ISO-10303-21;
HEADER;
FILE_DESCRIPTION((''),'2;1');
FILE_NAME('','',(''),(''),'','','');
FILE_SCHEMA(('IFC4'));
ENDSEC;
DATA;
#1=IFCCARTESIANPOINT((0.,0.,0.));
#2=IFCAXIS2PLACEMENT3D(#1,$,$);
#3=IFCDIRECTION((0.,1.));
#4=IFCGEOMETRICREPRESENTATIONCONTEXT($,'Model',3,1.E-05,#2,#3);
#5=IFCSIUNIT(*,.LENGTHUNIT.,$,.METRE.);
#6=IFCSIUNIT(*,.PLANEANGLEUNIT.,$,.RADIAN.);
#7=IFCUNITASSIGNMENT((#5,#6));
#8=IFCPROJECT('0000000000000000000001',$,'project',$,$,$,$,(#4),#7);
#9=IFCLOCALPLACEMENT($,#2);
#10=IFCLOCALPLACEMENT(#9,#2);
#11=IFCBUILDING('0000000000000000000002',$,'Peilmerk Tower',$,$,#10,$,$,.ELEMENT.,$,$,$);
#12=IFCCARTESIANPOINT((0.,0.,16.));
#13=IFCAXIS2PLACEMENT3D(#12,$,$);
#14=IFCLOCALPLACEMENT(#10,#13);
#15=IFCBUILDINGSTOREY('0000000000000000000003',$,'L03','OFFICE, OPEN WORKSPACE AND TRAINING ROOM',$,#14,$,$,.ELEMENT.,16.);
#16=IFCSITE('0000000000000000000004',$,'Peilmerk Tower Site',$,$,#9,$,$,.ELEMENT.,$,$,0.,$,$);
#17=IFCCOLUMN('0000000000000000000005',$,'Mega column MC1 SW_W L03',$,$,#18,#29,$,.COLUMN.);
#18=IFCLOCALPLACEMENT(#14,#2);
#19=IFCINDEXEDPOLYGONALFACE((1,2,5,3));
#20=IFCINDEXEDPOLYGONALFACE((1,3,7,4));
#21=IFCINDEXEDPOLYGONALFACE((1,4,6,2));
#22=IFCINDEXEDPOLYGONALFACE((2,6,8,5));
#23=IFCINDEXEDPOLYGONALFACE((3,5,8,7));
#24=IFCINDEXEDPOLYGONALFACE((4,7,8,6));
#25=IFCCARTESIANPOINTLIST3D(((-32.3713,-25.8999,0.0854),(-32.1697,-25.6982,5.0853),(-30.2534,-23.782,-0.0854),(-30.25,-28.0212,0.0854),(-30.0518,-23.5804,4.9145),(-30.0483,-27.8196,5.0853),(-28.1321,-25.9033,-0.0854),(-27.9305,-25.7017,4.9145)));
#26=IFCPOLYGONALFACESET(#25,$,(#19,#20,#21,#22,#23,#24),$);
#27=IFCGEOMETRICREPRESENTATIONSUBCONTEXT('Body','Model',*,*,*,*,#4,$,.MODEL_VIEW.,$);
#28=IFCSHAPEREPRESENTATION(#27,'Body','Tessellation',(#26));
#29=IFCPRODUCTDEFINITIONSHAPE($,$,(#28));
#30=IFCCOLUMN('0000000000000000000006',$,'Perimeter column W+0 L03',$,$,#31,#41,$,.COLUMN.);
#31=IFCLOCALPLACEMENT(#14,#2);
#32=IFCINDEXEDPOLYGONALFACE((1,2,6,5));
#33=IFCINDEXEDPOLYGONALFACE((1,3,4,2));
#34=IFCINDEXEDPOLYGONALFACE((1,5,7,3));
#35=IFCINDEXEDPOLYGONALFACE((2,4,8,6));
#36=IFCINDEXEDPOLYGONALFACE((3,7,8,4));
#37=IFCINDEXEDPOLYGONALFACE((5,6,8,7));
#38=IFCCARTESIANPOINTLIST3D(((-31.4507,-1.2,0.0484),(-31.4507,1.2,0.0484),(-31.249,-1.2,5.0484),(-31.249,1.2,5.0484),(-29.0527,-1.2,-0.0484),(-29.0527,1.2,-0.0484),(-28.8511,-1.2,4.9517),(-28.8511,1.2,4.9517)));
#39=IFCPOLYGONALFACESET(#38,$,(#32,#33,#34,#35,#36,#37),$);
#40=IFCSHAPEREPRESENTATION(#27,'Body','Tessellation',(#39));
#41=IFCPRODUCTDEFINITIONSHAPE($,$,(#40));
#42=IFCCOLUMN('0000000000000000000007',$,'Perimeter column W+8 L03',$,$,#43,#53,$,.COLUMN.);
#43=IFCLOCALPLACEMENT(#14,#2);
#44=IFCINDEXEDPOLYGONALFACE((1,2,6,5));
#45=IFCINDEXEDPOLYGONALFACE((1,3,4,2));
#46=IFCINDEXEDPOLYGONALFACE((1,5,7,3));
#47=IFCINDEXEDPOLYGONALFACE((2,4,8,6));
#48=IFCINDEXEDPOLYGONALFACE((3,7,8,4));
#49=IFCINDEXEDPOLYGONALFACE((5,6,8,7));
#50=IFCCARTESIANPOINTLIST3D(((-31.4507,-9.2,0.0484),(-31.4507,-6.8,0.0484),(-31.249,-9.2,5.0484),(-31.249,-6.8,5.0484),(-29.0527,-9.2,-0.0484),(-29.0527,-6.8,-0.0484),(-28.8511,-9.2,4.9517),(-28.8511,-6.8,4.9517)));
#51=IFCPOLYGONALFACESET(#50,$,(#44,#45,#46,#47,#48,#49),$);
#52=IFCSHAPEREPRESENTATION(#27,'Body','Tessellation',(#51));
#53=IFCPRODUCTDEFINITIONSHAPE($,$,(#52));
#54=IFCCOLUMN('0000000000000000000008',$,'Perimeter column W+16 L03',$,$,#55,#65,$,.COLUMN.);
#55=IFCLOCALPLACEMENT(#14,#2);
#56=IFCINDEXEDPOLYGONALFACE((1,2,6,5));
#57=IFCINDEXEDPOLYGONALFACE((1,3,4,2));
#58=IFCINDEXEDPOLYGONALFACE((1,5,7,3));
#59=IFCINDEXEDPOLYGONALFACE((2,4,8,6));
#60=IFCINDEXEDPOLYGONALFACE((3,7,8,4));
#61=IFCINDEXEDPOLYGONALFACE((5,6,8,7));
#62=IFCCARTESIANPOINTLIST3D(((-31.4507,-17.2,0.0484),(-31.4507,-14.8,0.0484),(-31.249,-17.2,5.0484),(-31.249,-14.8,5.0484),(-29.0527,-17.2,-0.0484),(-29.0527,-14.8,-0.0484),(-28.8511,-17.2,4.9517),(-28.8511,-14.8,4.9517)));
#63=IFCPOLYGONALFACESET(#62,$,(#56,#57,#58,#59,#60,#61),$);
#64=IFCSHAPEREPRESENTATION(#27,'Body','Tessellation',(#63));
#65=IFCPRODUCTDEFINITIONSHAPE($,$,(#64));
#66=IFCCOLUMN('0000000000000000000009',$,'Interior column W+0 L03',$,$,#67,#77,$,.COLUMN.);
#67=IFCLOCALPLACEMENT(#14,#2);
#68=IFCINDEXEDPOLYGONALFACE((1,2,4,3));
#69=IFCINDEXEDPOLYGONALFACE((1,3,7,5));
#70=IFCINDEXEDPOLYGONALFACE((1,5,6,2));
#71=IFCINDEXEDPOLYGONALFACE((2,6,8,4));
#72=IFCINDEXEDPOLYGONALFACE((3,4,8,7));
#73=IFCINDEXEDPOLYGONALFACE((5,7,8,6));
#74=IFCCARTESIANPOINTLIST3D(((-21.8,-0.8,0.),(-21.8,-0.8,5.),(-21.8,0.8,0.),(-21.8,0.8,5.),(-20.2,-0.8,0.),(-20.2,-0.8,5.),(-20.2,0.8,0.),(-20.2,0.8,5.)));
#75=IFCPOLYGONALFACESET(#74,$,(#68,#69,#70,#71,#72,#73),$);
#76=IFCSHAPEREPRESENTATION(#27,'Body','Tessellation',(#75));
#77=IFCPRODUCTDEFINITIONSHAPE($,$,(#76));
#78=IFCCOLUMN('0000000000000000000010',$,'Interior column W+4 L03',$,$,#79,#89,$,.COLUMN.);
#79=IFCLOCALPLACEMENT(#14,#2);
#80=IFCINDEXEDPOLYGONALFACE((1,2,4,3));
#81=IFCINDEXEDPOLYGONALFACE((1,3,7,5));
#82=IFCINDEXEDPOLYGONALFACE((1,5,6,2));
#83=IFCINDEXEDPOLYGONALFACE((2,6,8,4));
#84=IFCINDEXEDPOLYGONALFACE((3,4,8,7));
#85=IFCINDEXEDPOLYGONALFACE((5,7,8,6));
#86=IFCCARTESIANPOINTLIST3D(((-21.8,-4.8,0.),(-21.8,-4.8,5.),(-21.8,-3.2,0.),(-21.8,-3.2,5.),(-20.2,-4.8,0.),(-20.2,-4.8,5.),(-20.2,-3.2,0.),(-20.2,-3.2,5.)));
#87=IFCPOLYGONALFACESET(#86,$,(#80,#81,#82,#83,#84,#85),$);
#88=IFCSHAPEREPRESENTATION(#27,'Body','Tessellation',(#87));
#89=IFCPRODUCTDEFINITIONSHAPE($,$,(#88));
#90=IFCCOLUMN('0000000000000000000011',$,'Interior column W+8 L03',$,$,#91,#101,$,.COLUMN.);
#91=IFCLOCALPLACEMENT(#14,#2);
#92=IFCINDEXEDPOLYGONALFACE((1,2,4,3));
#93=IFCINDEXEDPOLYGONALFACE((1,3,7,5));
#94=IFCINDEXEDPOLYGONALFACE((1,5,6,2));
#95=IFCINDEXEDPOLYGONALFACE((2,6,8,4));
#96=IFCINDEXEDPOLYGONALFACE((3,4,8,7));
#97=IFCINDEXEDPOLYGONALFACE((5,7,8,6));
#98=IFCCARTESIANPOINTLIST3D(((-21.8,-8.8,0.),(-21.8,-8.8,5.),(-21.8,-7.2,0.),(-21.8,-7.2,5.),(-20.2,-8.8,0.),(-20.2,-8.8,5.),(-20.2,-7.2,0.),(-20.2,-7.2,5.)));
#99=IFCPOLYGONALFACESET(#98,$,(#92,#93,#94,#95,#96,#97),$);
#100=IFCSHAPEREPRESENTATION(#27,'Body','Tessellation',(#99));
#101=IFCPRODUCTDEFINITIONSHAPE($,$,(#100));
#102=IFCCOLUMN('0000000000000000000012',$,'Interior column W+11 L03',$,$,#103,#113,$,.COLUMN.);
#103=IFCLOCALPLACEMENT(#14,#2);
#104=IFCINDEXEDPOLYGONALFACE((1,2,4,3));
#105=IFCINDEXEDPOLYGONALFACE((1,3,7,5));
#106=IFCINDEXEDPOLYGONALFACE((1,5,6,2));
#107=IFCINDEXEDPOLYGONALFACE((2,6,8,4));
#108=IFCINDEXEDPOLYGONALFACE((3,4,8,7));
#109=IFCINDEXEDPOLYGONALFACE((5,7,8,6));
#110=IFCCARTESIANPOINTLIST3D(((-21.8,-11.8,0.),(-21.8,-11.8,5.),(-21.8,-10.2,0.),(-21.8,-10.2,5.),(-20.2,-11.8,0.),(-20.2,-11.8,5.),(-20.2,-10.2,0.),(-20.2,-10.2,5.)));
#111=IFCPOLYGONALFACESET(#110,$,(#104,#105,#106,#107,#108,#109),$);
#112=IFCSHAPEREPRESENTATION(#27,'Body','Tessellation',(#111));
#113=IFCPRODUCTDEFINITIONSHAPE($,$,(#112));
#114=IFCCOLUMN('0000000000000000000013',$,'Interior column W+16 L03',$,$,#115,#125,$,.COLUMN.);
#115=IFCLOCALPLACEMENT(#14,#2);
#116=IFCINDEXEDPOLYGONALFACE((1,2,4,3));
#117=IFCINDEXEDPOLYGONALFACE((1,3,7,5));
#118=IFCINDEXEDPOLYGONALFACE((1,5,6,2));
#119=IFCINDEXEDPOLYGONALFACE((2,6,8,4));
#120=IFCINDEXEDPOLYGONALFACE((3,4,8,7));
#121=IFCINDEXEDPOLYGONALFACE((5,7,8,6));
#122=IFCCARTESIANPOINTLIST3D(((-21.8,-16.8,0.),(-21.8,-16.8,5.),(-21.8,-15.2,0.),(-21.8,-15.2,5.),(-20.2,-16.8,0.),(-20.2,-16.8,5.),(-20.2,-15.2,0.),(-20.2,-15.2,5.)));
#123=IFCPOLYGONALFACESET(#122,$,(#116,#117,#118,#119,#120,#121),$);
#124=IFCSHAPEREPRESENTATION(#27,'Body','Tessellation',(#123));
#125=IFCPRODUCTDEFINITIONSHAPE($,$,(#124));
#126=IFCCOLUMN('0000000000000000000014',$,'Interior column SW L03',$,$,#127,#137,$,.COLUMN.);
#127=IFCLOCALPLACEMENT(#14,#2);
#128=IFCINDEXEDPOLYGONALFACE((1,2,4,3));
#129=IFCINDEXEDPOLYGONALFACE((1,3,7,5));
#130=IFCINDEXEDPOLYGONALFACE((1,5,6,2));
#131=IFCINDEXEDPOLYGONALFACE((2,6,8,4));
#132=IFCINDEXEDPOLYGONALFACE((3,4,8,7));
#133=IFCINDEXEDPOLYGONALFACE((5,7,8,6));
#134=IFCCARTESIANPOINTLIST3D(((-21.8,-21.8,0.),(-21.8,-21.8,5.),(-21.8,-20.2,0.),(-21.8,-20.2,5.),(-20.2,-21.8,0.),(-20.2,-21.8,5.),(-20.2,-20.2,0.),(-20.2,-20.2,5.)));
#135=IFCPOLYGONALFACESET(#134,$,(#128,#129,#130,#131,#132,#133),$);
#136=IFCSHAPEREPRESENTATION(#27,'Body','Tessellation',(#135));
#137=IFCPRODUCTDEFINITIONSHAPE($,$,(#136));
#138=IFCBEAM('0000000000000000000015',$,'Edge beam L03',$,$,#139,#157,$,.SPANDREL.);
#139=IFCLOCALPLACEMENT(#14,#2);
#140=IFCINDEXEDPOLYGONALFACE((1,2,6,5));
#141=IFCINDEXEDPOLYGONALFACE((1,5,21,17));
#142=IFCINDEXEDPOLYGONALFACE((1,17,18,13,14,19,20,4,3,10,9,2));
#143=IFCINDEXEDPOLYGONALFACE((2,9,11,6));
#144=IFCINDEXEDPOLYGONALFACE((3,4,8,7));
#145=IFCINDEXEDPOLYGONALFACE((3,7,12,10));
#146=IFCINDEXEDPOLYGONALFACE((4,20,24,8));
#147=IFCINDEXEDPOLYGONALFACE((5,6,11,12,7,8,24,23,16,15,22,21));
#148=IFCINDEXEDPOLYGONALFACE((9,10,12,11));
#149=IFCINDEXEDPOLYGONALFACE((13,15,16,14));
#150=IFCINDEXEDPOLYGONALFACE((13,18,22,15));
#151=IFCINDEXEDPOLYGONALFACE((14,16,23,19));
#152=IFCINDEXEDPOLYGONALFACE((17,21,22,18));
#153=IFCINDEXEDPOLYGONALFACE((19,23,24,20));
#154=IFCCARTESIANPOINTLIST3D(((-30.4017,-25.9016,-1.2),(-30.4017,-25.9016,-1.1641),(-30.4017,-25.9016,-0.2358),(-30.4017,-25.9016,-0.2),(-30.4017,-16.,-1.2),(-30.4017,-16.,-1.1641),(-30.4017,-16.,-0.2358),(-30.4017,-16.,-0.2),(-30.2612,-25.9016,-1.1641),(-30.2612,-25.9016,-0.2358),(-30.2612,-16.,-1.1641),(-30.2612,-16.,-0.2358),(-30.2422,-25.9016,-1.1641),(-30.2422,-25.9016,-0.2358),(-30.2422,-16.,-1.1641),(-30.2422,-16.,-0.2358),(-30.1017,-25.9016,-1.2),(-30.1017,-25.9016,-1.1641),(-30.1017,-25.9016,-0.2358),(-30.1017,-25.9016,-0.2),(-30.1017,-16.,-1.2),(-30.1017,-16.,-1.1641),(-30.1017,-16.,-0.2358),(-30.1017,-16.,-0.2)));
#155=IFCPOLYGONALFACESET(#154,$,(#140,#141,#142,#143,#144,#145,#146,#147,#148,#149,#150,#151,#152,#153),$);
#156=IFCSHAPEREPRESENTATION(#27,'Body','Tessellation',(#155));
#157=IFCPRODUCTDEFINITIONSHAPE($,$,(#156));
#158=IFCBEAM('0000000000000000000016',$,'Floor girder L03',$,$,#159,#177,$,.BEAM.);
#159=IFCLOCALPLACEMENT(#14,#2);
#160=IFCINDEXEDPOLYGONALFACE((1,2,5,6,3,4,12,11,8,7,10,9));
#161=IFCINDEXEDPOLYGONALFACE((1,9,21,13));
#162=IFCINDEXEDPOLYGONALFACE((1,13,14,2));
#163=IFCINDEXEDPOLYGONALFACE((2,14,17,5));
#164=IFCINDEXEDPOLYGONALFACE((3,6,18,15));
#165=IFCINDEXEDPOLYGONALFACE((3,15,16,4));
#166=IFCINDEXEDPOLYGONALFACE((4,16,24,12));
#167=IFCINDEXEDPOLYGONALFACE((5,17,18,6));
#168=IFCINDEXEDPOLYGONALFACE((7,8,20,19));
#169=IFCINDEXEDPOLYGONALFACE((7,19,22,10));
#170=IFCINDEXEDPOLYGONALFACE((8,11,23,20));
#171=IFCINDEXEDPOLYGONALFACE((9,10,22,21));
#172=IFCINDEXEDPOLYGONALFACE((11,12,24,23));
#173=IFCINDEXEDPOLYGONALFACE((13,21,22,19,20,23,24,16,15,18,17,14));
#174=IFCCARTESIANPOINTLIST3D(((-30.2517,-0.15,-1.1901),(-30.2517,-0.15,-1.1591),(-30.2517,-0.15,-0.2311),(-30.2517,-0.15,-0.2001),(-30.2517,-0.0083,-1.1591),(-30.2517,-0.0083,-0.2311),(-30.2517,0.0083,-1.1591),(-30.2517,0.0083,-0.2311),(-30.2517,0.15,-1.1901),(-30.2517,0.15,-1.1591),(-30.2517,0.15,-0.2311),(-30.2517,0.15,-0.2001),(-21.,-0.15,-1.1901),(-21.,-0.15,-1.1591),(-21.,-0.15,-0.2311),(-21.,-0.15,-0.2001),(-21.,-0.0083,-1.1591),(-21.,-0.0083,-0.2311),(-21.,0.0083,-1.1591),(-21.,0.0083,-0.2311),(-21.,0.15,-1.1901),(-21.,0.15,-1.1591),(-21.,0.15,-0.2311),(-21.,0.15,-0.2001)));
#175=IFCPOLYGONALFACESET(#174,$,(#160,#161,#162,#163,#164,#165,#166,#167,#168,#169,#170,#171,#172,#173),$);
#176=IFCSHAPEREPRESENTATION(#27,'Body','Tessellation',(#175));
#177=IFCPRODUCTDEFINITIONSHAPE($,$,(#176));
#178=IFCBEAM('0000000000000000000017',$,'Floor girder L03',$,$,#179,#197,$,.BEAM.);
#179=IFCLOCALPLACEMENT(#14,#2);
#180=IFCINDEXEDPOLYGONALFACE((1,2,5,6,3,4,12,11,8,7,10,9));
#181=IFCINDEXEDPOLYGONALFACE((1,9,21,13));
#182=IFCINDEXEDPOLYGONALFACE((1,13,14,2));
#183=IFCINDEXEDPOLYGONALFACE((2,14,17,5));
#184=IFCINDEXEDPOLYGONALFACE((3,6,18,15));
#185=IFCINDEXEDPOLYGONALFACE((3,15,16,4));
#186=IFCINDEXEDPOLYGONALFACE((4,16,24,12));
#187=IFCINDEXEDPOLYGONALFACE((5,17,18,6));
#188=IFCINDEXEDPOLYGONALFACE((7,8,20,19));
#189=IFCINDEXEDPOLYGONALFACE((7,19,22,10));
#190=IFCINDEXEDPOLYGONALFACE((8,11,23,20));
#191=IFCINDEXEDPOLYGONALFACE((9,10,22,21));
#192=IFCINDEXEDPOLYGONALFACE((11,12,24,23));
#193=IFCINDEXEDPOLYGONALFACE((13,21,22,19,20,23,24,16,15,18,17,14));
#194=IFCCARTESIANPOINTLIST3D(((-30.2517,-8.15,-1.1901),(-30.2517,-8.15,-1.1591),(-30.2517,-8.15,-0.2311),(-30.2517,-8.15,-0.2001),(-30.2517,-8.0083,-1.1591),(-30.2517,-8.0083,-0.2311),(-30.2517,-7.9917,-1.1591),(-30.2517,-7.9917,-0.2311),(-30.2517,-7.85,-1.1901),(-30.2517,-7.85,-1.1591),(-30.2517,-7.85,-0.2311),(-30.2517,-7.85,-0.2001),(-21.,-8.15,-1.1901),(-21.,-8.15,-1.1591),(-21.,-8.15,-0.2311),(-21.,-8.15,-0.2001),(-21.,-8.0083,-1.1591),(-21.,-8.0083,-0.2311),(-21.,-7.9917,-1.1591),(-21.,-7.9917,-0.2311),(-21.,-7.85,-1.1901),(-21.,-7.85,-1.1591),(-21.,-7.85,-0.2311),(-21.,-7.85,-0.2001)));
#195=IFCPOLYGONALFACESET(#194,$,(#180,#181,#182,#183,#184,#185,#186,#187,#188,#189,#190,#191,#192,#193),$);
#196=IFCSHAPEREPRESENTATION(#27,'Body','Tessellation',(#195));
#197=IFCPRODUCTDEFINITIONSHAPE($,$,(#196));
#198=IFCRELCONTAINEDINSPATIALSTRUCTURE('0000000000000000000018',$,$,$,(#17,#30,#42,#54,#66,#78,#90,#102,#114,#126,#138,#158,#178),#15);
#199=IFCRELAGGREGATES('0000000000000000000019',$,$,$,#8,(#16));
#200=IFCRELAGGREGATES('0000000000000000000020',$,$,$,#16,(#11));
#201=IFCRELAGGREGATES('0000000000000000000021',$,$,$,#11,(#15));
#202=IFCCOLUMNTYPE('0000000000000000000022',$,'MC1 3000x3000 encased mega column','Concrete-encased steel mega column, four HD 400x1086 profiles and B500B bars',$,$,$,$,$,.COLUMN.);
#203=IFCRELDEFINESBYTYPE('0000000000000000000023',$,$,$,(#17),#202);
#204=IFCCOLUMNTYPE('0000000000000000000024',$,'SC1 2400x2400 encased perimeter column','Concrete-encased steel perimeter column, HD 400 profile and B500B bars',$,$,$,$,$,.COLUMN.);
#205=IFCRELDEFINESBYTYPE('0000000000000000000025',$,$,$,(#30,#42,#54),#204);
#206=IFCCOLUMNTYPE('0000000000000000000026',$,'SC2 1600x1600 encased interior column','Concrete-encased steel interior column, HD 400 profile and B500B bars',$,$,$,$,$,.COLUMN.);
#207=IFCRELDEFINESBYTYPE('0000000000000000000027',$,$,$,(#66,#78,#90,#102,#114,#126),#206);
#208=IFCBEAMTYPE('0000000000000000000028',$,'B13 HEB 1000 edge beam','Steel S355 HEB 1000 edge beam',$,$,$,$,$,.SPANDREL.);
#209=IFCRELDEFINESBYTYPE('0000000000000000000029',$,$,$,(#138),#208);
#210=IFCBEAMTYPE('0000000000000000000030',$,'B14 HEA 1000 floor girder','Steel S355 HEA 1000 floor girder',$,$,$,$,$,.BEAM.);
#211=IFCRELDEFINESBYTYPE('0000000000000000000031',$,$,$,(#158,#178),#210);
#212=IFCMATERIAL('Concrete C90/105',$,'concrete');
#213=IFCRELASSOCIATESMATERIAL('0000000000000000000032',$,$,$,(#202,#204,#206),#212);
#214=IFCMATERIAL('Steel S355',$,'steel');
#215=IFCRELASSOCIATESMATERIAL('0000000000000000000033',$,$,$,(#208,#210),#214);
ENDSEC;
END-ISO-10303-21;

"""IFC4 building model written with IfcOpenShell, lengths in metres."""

from ifc_helpers import new_model, si_unit, direction, frame, origin, origin_2d, place, context, subcontext, project, spatial, rectangle, i_section, extrude, material, material_profile, profile_set, type_object, element, save


model = new_model("IFC4")

# Units and contexts
model_context = context("Model", 3, precision=1e-05, world=origin(), true_north=direction((0.0, 1.0)))
body_context = subcontext(model_context, "Body", "Model", "MODEL_VIEW")
ifc_project = project(units=[si_unit("LENGTHUNIT", "METRE"), si_unit("PLANEANGLEUNIT", "RADIAN")], contexts=[model_context])

# Site, building, storey
site_placement = place(None, origin())
site = spatial("IfcSite", under=ifc_project, at=site_placement, Name="Peilmerk Tower Site", CompositionType="ELEMENT", RefElevation=0.0)
building_placement = place(site_placement, origin())
building = spatial("IfcBuilding", under=site, at=building_placement, Name="Peilmerk Tower", CompositionType="ELEMENT")
storey_placement = place(building_placement, frame((0.0, 0.0, 16.0)))
storey = spatial("IfcBuildingStorey", under=building, at=storey_placement, Name="L03", Description="OFFICE, OPEN WORKSPACE AND TRAINING ROOM", CompositionType="ELEMENT", Elevation=16.0)

# Columns
ifc_material_1 = material(Name="Concrete C90/105", Category="concrete")
ifc_material_profile_1 = material_profile(ifc_material_1, rectangle(XDim=3.0, YDim=3.0, at=origin_2d()), Name="RC 3000x3000")
ifc_profile_set_1 = profile_set([ifc_material_profile_1], Name="Concrete C90/105")
column_type_1 = type_object("IfcColumnType", Name="MC1 3000x3000 encased mega column", Description="Concrete-encased steel mega column, four HD 400x1086 profiles and B500B bars", PredefinedType="COLUMN", material=ifc_profile_set_1)
column_placement = place(storey_placement, frame((-30.2517, -25.9016, 0.0), z_axis=(0.040267, 0.040267, 0.998377), x_axis=(-0.707107, 0.707107, 0.0)))
element("IfcColumn", 1, at=column_placement, inside=storey, type_object=column_type_1, Name="Mega column MC1 SW_W L03", PredefinedType="COLUMN", context=body_context, shape_type="SweptSolid", body=[
    extrude(rectangle(XDim=3.0, YDim=3.0, at=origin_2d()), origin(), (0.0, 0.0, 1.0), 5.0081),
])
ifc_material_profile_2 = material_profile(ifc_material_1, rectangle(XDim=2.3999, YDim=2.3999, at=origin_2d()), Name="RC 2400x2400")
ifc_profile_set_2 = profile_set([ifc_material_profile_2], Name="Concrete C90/105")
column_type_2 = type_object("IfcColumnType", Name="SC1 2400x2400 encased perimeter column", Description="Concrete-encased steel perimeter column, HD 400 profile and B500B bars", PredefinedType="COLUMN", material=ifc_profile_set_2)
for number, where, z_axis, x_axis, name in (
    (2, (-30.2517, 0.0, 0.0), (0.040299, 0.0, 0.999188), (0.0, 1.0, 0.0), "Perimeter column W+0 L03"),
    (3, (-30.2517, -8.0, 0.0), (0.040299, 0.0, 0.999188), (0.0, 1.0, 0.0), "Perimeter column W+8 L03"),
    (4, (-30.2517, -16.0, 0.0), (0.040299, 0.0, 0.999188), (0.0, 1.0, 0.0), "Perimeter column W+16 L03"),
):
    element("IfcColumn", number, at=place(storey_placement, frame(where, z_axis=z_axis, x_axis=x_axis)), inside=storey, type_object=column_type_2, Name=name, PredefinedType="COLUMN", context=body_context, shape_type="SweptSolid", body=[
        extrude(rectangle(XDim=2.3999, YDim=2.3999, at=origin_2d()), origin(), (0.0, 0.0, 1.0), 5.0042),
    ])
ifc_material_profile_3 = material_profile(ifc_material_1, rectangle(XDim=1.6001, YDim=1.6001, at=origin_2d()), Name="RC 1600x1600")
ifc_profile_set_3 = profile_set([ifc_material_profile_3], Name="Concrete C90/105")
column_type_3 = type_object("IfcColumnType", Name="SC2 1600x1600 encased interior column", Description="Concrete-encased steel interior column, HD 400 profile and B500B bars", PredefinedType="COLUMN", material=ifc_profile_set_3)
for number, where, z_axis, x_axis, name in (
    (5, (-21.0, 0.0, 0.0), (0.0, 0.0, 1.0), (1.0, 0.0, 0.0), "Interior column W+0 L03"),
    (6, (-21.0, -4.0, 0.0), (0.0, 0.0, 1.0), (1.0, 0.0, 0.0), "Interior column W+4 L03"),
    (7, (-21.0, -8.0, 0.0), (0.0, 0.0, 1.0), (1.0, 0.0, 0.0), "Interior column W+8 L03"),
    (8, (-21.0, -11.0, 0.0), (0.0, 0.0, 1.0), (1.0, 0.0, 0.0), "Interior column W+11 L03"),
    (9, (-21.0, -16.0, 0.0), (0.0, 0.0, 1.0), (1.0, 0.0, 0.0), "Interior column W+16 L03"),
    (10, (-21.0, -21.0, 0.0), (0.0, 0.0, 1.0), (1.0, 0.0, 0.0), "Interior column SW L03"),
):
    element("IfcColumn", number, at=place(storey_placement, frame(where, z_axis=z_axis, x_axis=x_axis)), inside=storey, type_object=column_type_3, Name=name, PredefinedType="COLUMN", context=body_context, shape_type="SweptSolid", body=[
        extrude(rectangle(XDim=1.6001, YDim=1.6001, at=origin_2d()), origin(), (0.0, 0.0, 1.0), 5.0),
    ])

# Beams
ifc_material_2 = material(Name="Steel S355", Category="steel")
ifc_material_profile_4 = material_profile(ifc_material_2, i_section(OverallWidth=0.3, OverallDepth=1.0, WebThickness=0.019, FlangeThickness=0.0359, at=origin_2d()), Name="HEB 1000")
ifc_profile_set_4 = profile_set([ifc_material_profile_4], Name="Steel S355")
beam_type_1 = type_object("IfcBeamType", Name="B13 HEB 1000 edge beam", Description="Steel S355 HEB 1000 edge beam", PredefinedType="SPANDREL", material=ifc_profile_set_4)
beam_1_placement = place(storey_placement, frame((-30.2517, -16.0, -0.7), z_axis=(0.0, -1.0, 0.0), x_axis=(1.0, 0.0, 0.0)))
element("IfcBeam", 11, at=beam_1_placement, inside=storey, type_object=beam_type_1, Name="Edge beam L03", PredefinedType="SPANDREL", context=body_context, shape_type="SweptSolid", body=[
    extrude(i_section(OverallWidth=0.3, OverallDepth=1.0, WebThickness=0.019, FlangeThickness=0.0359, at=origin_2d()), origin(), (0.0, 0.0, 1.0), 9.9016),
])
ifc_material_profile_5 = material_profile(ifc_material_2, i_section(OverallWidth=0.3, OverallDepth=0.99, WebThickness=0.0166, FlangeThickness=0.031, at=origin_2d()), Name="HEA 1000")
ifc_profile_set_5 = profile_set([ifc_material_profile_5], Name="Steel S355")
beam_type_2 = type_object("IfcBeamType", Name="B14 HEA 1000 floor girder", Description="Steel S355 HEA 1000 floor girder", PredefinedType="BEAM", material=ifc_profile_set_5)
for number, where, z_axis, x_axis, name in (
    (12, (-21.0, 0.0, -0.6951), (-1.0, 0.0, 0.0), (0.0, -1.0, 0.0), "Floor girder L03"),
    (13, (-21.0, -8.0, -0.6951), (-1.0, 0.0, 0.0), (0.0, -1.0, 0.0), "Floor girder L03"),
):
    element("IfcBeam", number, at=place(storey_placement, frame(where, z_axis=z_axis, x_axis=x_axis)), inside=storey, type_object=beam_type_2, Name=name, PredefinedType="BEAM", context=body_context, shape_type="SweptSolid", body=[
        extrude(i_section(OverallWidth=0.3, OverallDepth=0.99, WebThickness=0.0166, FlangeThickness=0.031, at=origin_2d()), origin(), (0.0, 0.0, 1.0), 9.2517),
    ])

save(model, "model.ifc")
